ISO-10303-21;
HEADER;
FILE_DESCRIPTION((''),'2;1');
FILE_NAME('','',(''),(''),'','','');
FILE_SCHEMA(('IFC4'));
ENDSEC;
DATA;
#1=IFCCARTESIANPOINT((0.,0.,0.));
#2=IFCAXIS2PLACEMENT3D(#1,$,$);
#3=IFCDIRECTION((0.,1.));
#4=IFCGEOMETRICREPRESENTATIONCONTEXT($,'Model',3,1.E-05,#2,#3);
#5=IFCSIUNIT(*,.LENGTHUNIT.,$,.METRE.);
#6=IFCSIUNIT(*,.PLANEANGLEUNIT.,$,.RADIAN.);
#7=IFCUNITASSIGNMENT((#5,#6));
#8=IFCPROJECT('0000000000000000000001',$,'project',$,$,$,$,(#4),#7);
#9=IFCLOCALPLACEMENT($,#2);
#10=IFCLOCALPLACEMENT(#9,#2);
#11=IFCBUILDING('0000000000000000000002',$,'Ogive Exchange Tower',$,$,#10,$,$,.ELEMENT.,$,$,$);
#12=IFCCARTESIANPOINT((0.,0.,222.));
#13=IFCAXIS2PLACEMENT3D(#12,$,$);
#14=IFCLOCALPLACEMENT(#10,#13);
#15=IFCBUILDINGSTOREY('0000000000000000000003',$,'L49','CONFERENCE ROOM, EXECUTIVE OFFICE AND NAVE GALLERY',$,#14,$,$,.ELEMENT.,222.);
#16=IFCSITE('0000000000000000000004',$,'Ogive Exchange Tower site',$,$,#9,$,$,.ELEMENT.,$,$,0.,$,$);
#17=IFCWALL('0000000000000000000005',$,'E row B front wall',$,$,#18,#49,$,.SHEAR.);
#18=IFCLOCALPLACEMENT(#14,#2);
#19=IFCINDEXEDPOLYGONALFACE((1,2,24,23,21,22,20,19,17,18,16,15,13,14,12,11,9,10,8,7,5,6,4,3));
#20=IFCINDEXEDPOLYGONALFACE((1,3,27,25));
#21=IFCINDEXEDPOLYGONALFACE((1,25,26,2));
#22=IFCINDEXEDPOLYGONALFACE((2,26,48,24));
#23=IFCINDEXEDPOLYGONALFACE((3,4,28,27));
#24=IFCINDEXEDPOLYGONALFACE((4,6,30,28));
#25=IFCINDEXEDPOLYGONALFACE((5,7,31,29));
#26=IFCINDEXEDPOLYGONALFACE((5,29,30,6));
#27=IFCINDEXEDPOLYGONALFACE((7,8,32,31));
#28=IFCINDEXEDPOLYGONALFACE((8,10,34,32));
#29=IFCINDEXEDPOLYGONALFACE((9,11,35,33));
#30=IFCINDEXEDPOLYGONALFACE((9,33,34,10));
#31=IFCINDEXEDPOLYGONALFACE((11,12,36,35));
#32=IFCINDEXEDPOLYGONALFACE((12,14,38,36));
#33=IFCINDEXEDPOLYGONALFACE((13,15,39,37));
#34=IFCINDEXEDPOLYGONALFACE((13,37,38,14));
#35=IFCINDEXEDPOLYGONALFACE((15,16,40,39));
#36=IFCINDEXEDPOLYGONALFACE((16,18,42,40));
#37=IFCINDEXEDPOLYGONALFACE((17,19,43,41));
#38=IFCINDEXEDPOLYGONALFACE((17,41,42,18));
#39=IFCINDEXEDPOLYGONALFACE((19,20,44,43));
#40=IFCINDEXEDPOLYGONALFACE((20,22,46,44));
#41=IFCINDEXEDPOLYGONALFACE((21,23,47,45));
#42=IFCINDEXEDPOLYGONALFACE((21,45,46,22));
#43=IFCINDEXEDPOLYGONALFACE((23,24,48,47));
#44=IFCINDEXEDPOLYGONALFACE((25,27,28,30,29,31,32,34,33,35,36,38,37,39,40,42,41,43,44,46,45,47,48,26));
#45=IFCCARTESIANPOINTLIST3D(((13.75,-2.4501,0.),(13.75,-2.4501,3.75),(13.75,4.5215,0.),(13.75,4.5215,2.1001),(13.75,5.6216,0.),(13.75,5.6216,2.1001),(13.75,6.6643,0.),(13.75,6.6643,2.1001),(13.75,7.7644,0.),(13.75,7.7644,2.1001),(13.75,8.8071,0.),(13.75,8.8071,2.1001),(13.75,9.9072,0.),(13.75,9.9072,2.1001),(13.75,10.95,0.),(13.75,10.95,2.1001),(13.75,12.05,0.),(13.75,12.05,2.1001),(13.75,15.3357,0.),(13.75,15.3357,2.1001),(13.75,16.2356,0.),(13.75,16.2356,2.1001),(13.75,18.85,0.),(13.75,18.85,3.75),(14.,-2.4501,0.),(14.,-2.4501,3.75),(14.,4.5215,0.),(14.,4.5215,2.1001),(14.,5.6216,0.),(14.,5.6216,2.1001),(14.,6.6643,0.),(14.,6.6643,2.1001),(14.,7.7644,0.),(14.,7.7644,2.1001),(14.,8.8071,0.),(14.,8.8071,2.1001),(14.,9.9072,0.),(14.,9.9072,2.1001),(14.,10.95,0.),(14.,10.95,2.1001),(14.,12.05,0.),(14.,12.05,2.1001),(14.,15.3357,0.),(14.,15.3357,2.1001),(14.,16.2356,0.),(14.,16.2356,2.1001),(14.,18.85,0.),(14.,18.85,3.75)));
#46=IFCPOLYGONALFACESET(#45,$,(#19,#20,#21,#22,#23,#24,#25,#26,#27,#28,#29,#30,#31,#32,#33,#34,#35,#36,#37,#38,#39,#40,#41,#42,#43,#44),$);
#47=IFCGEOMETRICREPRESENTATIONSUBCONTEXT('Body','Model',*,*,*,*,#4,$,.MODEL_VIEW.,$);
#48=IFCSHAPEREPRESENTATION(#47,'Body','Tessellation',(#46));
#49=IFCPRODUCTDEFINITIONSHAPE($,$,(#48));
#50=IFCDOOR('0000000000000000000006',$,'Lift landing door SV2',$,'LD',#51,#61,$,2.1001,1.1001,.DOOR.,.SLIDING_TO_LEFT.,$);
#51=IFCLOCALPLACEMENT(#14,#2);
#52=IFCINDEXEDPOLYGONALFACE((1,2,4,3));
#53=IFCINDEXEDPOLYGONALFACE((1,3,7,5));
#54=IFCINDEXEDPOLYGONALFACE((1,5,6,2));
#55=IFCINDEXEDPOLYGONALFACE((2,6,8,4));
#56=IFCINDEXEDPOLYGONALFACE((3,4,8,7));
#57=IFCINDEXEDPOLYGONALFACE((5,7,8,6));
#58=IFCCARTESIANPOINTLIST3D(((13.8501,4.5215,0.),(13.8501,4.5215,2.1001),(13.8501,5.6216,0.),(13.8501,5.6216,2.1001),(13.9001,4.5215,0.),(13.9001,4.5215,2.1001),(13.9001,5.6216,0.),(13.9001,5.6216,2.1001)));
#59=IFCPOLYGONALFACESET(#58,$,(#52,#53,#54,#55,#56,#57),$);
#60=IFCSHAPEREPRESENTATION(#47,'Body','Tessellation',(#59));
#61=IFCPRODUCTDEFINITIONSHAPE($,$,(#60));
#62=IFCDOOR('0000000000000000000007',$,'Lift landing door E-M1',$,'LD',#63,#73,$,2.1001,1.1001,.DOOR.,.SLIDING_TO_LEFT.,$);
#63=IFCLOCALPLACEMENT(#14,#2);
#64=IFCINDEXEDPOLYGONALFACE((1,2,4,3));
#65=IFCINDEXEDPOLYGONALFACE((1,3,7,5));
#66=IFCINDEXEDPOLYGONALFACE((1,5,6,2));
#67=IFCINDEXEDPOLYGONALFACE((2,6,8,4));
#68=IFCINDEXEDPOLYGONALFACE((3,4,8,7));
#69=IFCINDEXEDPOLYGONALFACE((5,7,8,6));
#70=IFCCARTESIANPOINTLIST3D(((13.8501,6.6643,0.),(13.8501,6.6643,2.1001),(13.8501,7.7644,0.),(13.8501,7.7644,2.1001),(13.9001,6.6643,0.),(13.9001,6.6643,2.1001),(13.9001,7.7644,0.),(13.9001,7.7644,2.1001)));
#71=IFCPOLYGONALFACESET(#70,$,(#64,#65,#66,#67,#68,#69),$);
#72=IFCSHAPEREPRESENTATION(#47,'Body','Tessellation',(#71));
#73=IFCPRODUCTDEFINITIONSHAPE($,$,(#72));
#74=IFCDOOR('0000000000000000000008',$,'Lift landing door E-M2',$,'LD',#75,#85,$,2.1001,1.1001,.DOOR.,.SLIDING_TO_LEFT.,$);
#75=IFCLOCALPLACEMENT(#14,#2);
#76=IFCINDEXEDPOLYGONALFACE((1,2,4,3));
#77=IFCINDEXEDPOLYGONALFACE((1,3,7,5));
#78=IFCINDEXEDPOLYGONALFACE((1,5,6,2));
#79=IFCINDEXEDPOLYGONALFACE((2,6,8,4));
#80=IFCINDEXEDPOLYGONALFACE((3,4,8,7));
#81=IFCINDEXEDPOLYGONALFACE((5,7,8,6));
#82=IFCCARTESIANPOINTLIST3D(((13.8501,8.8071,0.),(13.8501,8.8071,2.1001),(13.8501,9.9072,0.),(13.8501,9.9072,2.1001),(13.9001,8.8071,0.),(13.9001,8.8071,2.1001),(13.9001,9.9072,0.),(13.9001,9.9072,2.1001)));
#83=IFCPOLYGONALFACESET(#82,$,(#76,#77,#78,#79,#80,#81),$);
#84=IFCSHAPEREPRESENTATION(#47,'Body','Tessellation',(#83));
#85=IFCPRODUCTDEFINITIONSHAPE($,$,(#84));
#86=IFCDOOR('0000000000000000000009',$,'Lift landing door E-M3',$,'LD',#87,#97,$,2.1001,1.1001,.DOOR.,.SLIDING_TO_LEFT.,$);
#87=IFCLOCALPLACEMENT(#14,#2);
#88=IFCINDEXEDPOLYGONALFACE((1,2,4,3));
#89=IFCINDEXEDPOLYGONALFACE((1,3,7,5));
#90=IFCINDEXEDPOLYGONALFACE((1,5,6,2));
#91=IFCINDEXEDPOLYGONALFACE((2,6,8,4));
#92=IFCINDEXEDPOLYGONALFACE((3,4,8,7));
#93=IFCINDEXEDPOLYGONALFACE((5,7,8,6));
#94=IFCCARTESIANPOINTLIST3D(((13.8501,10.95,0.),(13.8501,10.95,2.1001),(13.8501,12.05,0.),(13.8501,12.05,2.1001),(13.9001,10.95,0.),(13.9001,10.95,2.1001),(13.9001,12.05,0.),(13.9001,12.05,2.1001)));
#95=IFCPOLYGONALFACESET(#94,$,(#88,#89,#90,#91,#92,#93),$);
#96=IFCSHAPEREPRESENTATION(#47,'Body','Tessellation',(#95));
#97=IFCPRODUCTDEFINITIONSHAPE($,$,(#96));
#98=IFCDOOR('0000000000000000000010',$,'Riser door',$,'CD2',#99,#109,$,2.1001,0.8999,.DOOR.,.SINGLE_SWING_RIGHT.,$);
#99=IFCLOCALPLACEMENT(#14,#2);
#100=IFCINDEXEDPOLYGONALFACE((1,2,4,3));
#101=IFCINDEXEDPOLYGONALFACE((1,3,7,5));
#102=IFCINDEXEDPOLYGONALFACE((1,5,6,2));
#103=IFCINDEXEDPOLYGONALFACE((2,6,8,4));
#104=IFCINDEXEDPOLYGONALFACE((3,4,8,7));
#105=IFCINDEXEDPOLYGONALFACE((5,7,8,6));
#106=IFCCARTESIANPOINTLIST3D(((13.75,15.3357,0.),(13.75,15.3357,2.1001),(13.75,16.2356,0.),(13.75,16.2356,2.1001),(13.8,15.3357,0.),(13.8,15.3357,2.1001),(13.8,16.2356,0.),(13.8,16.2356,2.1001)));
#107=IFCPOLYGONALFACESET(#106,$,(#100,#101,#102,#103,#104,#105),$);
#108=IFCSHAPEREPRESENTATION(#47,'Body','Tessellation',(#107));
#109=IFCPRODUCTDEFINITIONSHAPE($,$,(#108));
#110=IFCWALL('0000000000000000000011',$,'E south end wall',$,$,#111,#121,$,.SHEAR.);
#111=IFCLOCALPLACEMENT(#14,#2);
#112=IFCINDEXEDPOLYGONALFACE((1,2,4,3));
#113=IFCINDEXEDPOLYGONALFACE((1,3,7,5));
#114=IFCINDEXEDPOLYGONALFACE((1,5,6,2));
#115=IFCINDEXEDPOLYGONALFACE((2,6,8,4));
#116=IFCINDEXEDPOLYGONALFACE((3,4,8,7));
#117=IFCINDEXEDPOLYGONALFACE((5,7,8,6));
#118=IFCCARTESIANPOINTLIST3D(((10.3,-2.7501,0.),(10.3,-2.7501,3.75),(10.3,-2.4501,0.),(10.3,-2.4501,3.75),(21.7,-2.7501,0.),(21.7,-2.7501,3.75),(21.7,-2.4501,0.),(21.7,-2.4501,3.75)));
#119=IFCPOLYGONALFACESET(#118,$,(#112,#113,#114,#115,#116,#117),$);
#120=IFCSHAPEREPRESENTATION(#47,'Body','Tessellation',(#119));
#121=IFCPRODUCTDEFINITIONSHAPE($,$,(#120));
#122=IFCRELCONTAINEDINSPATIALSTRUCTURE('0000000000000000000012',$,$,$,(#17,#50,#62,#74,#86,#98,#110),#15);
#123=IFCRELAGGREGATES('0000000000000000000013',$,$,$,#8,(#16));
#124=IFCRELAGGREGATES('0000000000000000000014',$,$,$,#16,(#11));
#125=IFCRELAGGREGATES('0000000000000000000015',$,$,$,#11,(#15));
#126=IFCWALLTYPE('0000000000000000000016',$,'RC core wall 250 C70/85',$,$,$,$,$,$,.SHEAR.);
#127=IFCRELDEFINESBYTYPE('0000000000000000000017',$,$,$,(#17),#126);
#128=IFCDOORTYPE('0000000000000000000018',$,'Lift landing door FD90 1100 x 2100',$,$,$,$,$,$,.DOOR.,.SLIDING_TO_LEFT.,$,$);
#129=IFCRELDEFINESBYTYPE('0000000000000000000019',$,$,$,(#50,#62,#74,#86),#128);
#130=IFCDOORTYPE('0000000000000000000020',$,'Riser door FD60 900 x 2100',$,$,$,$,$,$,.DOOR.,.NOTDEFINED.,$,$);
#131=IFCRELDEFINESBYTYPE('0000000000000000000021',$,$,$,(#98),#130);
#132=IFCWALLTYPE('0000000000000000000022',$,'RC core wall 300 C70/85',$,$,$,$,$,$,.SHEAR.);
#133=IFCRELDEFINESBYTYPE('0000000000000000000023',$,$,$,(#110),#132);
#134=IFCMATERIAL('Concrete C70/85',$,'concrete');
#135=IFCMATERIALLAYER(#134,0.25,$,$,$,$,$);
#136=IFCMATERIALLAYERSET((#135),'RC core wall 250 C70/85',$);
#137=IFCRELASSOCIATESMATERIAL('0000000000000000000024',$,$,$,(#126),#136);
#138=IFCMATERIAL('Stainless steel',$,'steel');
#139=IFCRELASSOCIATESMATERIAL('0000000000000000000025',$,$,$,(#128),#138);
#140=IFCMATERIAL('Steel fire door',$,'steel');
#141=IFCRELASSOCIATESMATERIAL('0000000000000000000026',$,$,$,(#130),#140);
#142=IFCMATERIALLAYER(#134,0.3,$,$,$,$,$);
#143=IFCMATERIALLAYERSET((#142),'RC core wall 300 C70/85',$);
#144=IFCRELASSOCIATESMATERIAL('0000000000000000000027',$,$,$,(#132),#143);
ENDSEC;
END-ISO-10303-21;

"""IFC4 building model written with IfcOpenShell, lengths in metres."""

from ifc_helpers import new_model, si_unit, direction, frame, frame_2d, origin, place, context, subcontext, project, spatial, rectangle, extrude, material, layer, layer_set, type_object, element, fill, save


model = new_model("IFC4")

# Units and contexts
model_context = context("Model", 3, precision=1e-05, world=origin(), true_north=direction((0.0, 1.0)))
body_context = subcontext(model_context, "Body", "Model", "MODEL_VIEW")
ifc_project = project(units=[si_unit("LENGTHUNIT", "METRE"), si_unit("PLANEANGLEUNIT", "RADIAN")], contexts=[model_context])

# Site, building, storey
site_placement = place(None, origin())
site = spatial("IfcSite", under=ifc_project, at=site_placement, Name="Ogive Exchange Tower site", CompositionType="ELEMENT", RefElevation=0.0)
building_placement = place(site_placement, origin())
building = spatial("IfcBuilding", under=site, at=building_placement, Name="Ogive Exchange Tower", CompositionType="ELEMENT")
storey_placement = place(building_placement, frame((0.0, 0.0, 222.0)))
storey = spatial("IfcBuildingStorey", under=building, at=storey_placement, Name="L49", Description="CONFERENCE ROOM, EXECUTIVE OFFICE AND NAVE GALLERY", CompositionType="ELEMENT", Elevation=222.0)

# Shared definitions
ifc_material_1 = material(Name="Concrete C70/85", Category="concrete")
ifc_layer_1 = layer(ifc_material_1, 0.25)
ifc_layer_set_1 = layer_set([ifc_layer_1], Name="RC core wall 250 C70/85")
wall_type_1 = type_object("IfcWallType", Name="RC core wall 250 C70/85", PredefinedType="SHEAR", material=ifc_layer_set_1)
ifc_material_2 = material(Name="Steel fire door", Category="steel")

# Wall, openings, doors
wall_1_placement = place(storey_placement, frame((13.875, -2.45, 0.0), z_axis=(0.0, 0.0, 1.0), x_axis=(0.0, 1.0, 0.0)))
wall_1 = element("IfcWall", 1, at=wall_1_placement, inside=storey, type_object=wall_type_1, Name="E row B front wall", PredefinedType="SHEAR", context=body_context, shape_type="SweptSolid", body=[
    extrude(rectangle(XDim=21.3, YDim=0.25, at=frame_2d((10.6499, 0.0))), origin(), (0.0, 0.0, 1.0), 3.75),
])
opening_1_placement = place(wall_1_placement, frame((17.7856, 0.0, 0.0)))
opening_1 = element("IfcOpeningElement", 2, at=opening_1_placement, cuts=wall_1, PredefinedType="OPENING", context=body_context, shape_type="SweptSolid", body=[
    extrude(rectangle(XDim=0.8999, YDim=2.1001, at=frame_2d((0.45, 1.05))), frame((0.0, 0.135, 0.0), z_axis=(0.0, -1.0, 0.0), x_axis=(1.0, 0.0, 0.0)), (0.0, 0.0, 1.0), 0.27),
])
opening_2_placement = place(wall_1_placement, frame((6.9714, 0.0, 0.0)))
opening_2 = element("IfcOpeningElement", 3, at=opening_2_placement, cuts=wall_1, PredefinedType="OPENING", context=body_context, shape_type="SweptSolid", body=[
    extrude(rectangle(XDim=1.1001, YDim=2.1001, at=frame_2d((0.55, 1.05))), frame((0.0, 0.135, 0.0), z_axis=(0.0, -1.0, 0.0), x_axis=(1.0, 0.0, 0.0)), (0.0, 0.0, 1.0), 0.27),
])
opening_3_placement = place(wall_1_placement, frame((9.1143, 0.0, 0.0)))
opening_3 = element("IfcOpeningElement", 4, at=opening_3_placement, cuts=wall_1, PredefinedType="OPENING", context=body_context, shape_type="SweptSolid", body=[
    extrude(rectangle(XDim=1.1001, YDim=2.1001, at=frame_2d((0.55, 1.05))), frame((0.0, 0.135, 0.0), z_axis=(0.0, -1.0, 0.0), x_axis=(1.0, 0.0, 0.0)), (0.0, 0.0, 1.0), 0.27),
])
opening_4_placement = place(wall_1_placement, frame((11.2571, 0.0, 0.0)))
opening_4 = element("IfcOpeningElement", 5, at=opening_4_placement, cuts=wall_1, PredefinedType="OPENING", context=body_context, shape_type="SweptSolid", body=[
    extrude(rectangle(XDim=1.1001, YDim=2.1001, at=frame_2d((0.55, 1.05))), frame((0.0, 0.135, 0.0), z_axis=(0.0, -1.0, 0.0), x_axis=(1.0, 0.0, 0.0)), (0.0, 0.0, 1.0), 0.27),
])
opening_5_placement = place(wall_1_placement, frame((13.3999, 0.0, 0.0)))
opening_5 = element("IfcOpeningElement", 6, at=opening_5_placement, cuts=wall_1, PredefinedType="OPENING", context=body_context, shape_type="SweptSolid", body=[
    extrude(rectangle(XDim=1.1001, YDim=2.1001, at=frame_2d((0.55, 1.05))), frame((0.0, 0.135, 0.0), z_axis=(0.0, -1.0, 0.0), x_axis=(1.0, 0.0, 0.0)), (0.0, 0.0, 1.0), 0.27),
])
ifc_material_3 = material(Name="Stainless steel", Category="steel")
door_type_1 = type_object("IfcDoorType", Name="Lift landing door FD90 1100 x 2100", OperationType="SLIDING_TO_LEFT", PredefinedType="DOOR", material=ifc_material_3)
door_1_placement = place(opening_2_placement, origin())
door_1 = element("IfcDoor", 7, at=door_1_placement, inside=storey, type_object=door_type_1, Name="Lift landing door SV2", ObjectType="LD", OperationType="SLIDING_TO_LEFT", OverallHeight=2.1001, OverallWidth=1.1001, PredefinedType="DOOR", context=body_context, shape_type="SweptSolid", body=[
    extrude(rectangle(XDim=1.1001, YDim=2.1001, at=frame_2d((0.55, 1.05))), frame((0.0, 0.0249, 0.0), z_axis=(0.0, -1.0, 0.0), x_axis=(1.0, 0.0, 0.0)), (0.0, 0.0, 1.0), 0.05),
])
fill(opening_2, door_1)
door_2_placement = place(opening_3_placement, origin())
door_2 = element("IfcDoor", 8, at=door_2_placement, inside=storey, type_object=door_type_1, Name="Lift landing door E-M1", ObjectType="LD", OperationType="SLIDING_TO_LEFT", OverallHeight=2.1001, OverallWidth=1.1001, PredefinedType="DOOR", context=body_context, shape_type="SweptSolid", body=[
    extrude(rectangle(XDim=1.1001, YDim=2.1001, at=frame_2d((0.55, 1.05))), frame((0.0, 0.0249, 0.0), z_axis=(0.0, -1.0, 0.0), x_axis=(1.0, 0.0, 0.0)), (0.0, 0.0, 1.0), 0.05),
])
fill(opening_3, door_2)
door_3_placement = place(opening_4_placement, origin())
door_3 = element("IfcDoor", 9, at=door_3_placement, inside=storey, type_object=door_type_1, Name="Lift landing door E-M2", ObjectType="LD", OperationType="SLIDING_TO_LEFT", OverallHeight=2.1001, OverallWidth=1.1001, PredefinedType="DOOR", context=body_context, shape_type="SweptSolid", body=[
    extrude(rectangle(XDim=1.1001, YDim=2.1001, at=frame_2d((0.55, 1.05))), frame((0.0, 0.0249, 0.0), z_axis=(0.0, -1.0, 0.0), x_axis=(1.0, 0.0, 0.0)), (0.0, 0.0, 1.0), 0.05),
])
fill(opening_4, door_3)
door_4_placement = place(opening_5_placement, origin())
door_4 = element("IfcDoor", 10, at=door_4_placement, inside=storey, type_object=door_type_1, Name="Lift landing door E-M3", ObjectType="LD", OperationType="SLIDING_TO_LEFT", OverallHeight=2.1001, OverallWidth=1.1001, PredefinedType="DOOR", context=body_context, shape_type="SweptSolid", body=[
    extrude(rectangle(XDim=1.1001, YDim=2.1001, at=frame_2d((0.55, 1.05))), frame((0.0, 0.0249, 0.0), z_axis=(0.0, -1.0, 0.0), x_axis=(1.0, 0.0, 0.0)), (0.0, 0.0, 1.0), 0.05),
])
fill(opening_5, door_4)
door_type_2 = type_object("IfcDoorType", Name="Riser door FD60 900 x 2100", OperationType="NOTDEFINED", PredefinedType="DOOR", material=ifc_material_2)
door_5_placement = place(opening_1_placement, origin())
door_5 = element("IfcDoor", 11, at=door_5_placement, inside=storey, type_object=door_type_2, Name="Riser door", ObjectType="CD2", OperationType="SINGLE_SWING_RIGHT", OverallHeight=2.1001, OverallWidth=0.8999, PredefinedType="DOOR", context=body_context, shape_type="SweptSolid", body=[
    extrude(rectangle(XDim=0.8999, YDim=2.1001, at=frame_2d((0.45, 1.05))), frame((0.0, 0.125, 0.0), z_axis=(0.0, -1.0, 0.0), x_axis=(1.0, 0.0, 0.0)), (0.0, 0.0, 1.0), 0.05),
])
fill(opening_1, door_5)

# Wall
ifc_layer_2 = layer(ifc_material_1, 0.3)
ifc_layer_set_2 = layer_set([ifc_layer_2], Name="RC core wall 300 C70/85")
wall_type_2 = type_object("IfcWallType", Name="RC core wall 300 C70/85", PredefinedType="SHEAR", material=ifc_layer_set_2)
wall_2_placement = place(storey_placement, frame((10.3, -2.6001, 0.0), z_axis=(0.0, 0.0, 1.0), x_axis=(1.0, 0.0, 0.0)))
element("IfcWall", 12, at=wall_2_placement, inside=storey, type_object=wall_type_2, Name="E south end wall", PredefinedType="SHEAR", context=body_context, shape_type="SweptSolid", body=[
    extrude(rectangle(XDim=11.3999, YDim=0.3, at=frame_2d((5.7, 0.0))), origin(), (0.0, 0.0, 1.0), 3.75),
])

save(model, "model.ifc")
